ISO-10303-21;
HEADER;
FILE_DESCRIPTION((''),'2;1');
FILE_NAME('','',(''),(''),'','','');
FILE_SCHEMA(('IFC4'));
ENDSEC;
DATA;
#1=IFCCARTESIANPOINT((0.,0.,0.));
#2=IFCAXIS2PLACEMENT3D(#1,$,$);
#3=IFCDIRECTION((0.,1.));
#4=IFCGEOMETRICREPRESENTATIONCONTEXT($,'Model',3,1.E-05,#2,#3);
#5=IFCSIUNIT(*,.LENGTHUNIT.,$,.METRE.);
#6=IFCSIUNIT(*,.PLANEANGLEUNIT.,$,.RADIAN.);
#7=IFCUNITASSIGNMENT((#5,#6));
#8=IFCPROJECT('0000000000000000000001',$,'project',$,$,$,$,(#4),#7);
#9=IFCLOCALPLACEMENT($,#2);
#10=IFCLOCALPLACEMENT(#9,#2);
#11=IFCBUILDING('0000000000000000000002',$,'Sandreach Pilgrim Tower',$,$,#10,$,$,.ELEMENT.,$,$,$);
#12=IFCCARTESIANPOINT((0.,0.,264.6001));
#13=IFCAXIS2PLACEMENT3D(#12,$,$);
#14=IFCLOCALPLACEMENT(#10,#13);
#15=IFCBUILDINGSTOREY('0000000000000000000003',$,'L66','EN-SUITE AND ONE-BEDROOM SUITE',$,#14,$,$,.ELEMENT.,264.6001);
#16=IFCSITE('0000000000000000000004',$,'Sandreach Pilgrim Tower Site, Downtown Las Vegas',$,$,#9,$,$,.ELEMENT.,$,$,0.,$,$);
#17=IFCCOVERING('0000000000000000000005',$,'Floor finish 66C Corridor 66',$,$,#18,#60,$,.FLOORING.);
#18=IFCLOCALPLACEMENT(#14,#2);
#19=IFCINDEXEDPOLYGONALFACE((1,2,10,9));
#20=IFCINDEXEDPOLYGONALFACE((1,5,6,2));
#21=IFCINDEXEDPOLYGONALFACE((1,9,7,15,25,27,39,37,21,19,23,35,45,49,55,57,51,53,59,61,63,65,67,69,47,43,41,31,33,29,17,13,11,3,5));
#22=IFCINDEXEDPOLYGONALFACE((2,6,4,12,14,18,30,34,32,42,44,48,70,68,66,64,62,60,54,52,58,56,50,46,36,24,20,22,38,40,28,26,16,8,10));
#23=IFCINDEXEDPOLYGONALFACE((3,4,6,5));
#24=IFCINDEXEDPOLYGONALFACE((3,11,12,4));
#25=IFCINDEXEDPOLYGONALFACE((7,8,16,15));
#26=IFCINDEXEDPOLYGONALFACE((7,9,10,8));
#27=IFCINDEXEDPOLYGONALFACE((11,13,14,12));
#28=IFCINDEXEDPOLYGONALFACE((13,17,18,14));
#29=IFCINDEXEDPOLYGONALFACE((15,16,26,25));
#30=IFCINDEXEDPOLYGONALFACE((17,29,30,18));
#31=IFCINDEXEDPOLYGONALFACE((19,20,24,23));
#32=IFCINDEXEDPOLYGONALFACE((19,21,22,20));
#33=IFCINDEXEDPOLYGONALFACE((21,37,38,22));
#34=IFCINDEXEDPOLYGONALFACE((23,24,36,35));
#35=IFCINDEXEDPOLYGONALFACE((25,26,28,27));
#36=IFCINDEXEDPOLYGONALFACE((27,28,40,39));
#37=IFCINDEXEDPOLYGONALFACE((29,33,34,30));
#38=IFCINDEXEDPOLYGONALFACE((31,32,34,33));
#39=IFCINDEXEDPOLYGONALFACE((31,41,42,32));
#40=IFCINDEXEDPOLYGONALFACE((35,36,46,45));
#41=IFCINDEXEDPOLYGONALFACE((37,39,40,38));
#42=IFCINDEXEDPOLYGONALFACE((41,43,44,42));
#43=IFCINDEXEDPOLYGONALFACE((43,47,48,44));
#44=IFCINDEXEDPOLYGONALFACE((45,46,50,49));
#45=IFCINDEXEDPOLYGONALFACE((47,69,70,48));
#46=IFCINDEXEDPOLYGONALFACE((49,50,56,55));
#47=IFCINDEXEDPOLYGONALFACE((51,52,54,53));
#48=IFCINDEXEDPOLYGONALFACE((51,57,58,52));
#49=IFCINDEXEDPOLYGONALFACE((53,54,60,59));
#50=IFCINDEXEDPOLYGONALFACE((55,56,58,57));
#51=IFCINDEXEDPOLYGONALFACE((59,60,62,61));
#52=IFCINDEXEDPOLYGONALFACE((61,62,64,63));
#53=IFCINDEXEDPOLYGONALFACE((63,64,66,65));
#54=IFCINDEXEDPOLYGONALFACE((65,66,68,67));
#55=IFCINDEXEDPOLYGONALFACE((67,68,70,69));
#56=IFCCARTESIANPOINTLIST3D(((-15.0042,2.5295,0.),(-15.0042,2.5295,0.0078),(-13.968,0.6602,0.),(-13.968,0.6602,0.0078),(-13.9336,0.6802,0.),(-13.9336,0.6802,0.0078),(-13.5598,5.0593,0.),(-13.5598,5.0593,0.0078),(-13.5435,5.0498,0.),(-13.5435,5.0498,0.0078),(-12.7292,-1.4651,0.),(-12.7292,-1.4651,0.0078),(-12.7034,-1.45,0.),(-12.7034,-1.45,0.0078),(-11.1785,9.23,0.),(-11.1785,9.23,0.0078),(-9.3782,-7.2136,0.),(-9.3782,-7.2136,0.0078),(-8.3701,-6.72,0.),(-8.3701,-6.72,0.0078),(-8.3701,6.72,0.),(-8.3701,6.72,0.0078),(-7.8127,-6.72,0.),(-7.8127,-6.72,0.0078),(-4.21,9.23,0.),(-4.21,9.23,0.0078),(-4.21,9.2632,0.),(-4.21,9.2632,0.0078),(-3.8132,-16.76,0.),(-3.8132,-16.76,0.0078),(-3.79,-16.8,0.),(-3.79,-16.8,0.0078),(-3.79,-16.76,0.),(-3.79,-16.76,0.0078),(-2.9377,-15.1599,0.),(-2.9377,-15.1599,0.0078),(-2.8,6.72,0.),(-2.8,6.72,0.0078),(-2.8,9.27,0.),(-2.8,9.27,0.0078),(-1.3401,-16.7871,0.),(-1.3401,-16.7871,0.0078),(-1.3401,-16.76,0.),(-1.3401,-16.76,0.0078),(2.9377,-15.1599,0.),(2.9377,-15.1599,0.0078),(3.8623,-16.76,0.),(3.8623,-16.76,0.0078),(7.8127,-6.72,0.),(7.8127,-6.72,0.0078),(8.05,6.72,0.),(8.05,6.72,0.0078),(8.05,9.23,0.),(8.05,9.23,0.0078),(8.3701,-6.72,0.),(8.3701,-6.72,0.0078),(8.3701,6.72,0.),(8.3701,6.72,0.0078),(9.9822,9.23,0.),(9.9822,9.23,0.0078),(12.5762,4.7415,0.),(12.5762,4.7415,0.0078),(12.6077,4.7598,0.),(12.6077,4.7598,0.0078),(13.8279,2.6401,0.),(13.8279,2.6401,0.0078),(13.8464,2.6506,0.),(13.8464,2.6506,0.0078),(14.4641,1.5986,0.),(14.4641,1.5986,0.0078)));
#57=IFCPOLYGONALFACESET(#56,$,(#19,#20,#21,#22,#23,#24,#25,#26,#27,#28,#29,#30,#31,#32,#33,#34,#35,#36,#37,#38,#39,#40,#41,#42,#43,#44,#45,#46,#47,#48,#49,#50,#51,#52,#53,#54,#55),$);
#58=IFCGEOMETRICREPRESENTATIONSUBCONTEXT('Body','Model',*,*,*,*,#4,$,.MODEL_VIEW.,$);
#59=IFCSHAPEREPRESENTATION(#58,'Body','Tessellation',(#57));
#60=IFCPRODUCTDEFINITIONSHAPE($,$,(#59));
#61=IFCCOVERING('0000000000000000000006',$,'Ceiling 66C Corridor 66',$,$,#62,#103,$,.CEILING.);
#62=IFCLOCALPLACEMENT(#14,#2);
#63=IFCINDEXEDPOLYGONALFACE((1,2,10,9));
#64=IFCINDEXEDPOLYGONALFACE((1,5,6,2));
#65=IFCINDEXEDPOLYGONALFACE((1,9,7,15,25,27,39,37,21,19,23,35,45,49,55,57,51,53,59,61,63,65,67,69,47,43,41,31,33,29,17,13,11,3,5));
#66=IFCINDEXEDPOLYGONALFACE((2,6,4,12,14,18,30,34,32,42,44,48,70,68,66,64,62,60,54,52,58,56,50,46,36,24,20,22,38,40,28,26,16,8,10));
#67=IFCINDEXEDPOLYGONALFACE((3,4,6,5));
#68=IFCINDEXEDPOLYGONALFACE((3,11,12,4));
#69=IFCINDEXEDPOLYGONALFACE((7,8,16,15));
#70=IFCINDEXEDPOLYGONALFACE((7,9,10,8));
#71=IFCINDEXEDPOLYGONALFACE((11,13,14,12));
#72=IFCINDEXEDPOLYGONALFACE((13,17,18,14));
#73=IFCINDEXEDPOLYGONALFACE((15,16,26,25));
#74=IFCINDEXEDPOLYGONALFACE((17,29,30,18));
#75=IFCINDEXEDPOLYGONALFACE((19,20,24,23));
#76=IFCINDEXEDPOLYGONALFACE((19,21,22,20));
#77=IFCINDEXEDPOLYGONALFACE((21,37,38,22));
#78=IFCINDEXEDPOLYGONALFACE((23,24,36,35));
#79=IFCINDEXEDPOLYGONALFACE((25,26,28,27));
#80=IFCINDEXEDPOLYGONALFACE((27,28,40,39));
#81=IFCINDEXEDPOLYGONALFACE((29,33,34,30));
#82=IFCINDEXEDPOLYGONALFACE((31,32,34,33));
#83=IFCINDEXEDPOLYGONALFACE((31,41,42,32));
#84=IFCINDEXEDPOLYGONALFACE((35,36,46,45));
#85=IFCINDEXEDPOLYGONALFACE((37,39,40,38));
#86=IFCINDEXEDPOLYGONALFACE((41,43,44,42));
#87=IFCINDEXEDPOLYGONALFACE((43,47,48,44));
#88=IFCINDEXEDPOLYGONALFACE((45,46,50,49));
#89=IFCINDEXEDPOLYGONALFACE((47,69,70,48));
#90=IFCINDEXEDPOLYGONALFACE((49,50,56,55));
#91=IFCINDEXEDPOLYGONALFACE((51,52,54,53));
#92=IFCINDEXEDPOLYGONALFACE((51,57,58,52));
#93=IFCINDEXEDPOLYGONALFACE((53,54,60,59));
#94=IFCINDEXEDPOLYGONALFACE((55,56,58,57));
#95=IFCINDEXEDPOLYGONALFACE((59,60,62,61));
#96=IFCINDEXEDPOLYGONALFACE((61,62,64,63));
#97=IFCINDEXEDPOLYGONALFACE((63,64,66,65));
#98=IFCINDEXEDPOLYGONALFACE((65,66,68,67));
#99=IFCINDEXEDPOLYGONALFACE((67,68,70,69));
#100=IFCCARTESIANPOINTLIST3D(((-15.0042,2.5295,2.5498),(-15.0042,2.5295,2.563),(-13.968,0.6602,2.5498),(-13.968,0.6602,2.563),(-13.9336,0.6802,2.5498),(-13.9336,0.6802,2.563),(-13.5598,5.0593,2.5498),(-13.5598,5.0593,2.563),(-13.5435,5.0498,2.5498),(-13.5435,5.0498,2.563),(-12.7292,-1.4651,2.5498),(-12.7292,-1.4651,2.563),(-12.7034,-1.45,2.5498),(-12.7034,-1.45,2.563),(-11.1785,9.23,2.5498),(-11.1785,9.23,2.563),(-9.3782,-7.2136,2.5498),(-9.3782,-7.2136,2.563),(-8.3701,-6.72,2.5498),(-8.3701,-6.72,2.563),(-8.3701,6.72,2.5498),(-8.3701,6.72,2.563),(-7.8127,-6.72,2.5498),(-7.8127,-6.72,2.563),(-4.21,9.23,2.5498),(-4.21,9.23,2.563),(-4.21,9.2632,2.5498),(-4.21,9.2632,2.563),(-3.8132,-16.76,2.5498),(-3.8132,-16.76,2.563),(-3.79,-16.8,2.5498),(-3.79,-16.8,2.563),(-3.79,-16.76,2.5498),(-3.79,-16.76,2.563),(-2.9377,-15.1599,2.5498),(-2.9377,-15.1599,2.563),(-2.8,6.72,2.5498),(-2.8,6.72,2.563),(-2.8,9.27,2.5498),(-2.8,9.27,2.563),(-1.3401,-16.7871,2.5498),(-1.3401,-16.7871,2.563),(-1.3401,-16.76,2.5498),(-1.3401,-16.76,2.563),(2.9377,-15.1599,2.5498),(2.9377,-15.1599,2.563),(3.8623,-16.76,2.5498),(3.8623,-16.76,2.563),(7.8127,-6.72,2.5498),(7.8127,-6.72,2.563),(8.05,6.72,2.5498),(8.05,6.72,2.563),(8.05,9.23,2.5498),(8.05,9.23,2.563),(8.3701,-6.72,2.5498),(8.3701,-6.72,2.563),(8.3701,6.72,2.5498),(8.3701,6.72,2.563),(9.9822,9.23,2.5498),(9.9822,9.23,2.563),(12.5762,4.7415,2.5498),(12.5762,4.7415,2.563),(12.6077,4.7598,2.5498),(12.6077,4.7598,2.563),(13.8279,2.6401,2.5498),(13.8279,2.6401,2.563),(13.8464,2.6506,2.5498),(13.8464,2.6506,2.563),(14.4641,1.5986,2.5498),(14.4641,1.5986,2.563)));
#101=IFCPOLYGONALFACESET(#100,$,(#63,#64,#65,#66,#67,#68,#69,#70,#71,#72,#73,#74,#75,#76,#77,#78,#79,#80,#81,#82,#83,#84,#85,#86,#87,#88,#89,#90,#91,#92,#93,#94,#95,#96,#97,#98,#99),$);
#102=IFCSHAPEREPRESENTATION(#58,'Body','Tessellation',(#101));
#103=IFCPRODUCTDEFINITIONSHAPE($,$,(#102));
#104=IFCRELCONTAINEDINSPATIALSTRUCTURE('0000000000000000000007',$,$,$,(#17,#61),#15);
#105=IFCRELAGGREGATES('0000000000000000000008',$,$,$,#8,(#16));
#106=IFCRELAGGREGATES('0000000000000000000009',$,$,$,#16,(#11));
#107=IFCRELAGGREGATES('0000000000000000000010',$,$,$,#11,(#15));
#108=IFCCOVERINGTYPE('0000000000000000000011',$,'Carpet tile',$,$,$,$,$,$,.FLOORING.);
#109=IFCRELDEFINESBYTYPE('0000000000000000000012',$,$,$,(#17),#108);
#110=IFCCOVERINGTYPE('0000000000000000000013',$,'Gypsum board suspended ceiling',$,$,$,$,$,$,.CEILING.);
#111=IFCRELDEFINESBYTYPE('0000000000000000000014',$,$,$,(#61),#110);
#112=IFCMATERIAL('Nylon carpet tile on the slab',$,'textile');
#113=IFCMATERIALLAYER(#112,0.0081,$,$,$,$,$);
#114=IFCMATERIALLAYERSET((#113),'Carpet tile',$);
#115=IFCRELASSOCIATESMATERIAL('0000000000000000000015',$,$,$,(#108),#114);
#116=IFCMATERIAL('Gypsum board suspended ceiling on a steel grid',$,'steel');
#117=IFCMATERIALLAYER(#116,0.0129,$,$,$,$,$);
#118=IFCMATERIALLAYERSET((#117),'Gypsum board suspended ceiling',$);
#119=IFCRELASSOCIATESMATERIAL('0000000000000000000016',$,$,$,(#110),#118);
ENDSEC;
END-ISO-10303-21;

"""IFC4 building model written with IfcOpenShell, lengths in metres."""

from ifc_helpers import new_model, si_unit, direction, frame, origin, place, context, subcontext, project, spatial, polyline, outline, extrude, material, layer, layer_set, type_object, element, save


model = new_model("IFC4")

# Units and contexts
model_context = context("Model", 3, precision=1e-05, world=origin(), true_north=direction((0.0, 1.0)))
body_context = subcontext(model_context, "Body", "Model", "MODEL_VIEW")
ifc_project = project(units=[si_unit("LENGTHUNIT", "METRE"), si_unit("PLANEANGLEUNIT", "RADIAN")], contexts=[model_context])

# Site, building, storey
site_placement = place(None, origin())
site = spatial("IfcSite", under=ifc_project, at=site_placement, Name="Sandreach Pilgrim Tower Site, Downtown Las Vegas", CompositionType="ELEMENT", RefElevation=0.0)
building_placement = place(site_placement, origin())
building = spatial("IfcBuilding", under=site, at=building_placement, Name="Sandreach Pilgrim Tower", CompositionType="ELEMENT")
storey_placement = place(building_placement, frame((0.0, 0.0, 264.6001)))
storey = spatial("IfcBuildingStorey", under=building, at=storey_placement, Name="L66", Description="EN-SUITE AND ONE-BEDROOM SUITE", CompositionType="ELEMENT", Elevation=264.6001)

# Coverings
ifc_material_1 = material(Name="Nylon carpet tile on the slab", Category="textile")
ifc_layer_1 = layer(ifc_material_1, 0.0081)
ifc_layer_set_1 = layer_set([ifc_layer_1], Name="Carpet tile")
covering_type_1 = type_object("IfcCoveringType", Name="Carpet tile", PredefinedType="FLOORING", material=ifc_layer_set_1)
covering_1_placement = place(storey_placement, origin())
element("IfcCovering", 1, at=covering_1_placement, inside=storey, type_object=covering_type_1, Name="Floor finish 66C Corridor 66", PredefinedType="FLOORING", context=body_context, shape_type="SweptSolid", body=[
    extrude(outline(polyline([(-15.0042, 2.5295), (-13.5435, 5.0498), (-13.5598, 5.0593), (-11.1785, 9.23), (-4.21, 9.23), (-4.21, 9.2632), (-2.8, 9.27), (-2.8, 6.72), (-8.3701, 6.72), (-8.3701, -6.72), (-7.8127, -6.72), (-2.9377, -15.1599), (2.9377, -15.1599), (7.8127, -6.72), (8.3701, -6.72), (8.3701, 6.72), (8.05, 6.72), (8.05, 9.23), (9.9822, 9.23), (12.5762, 4.7415), (12.6077, 4.7598), (13.8279, 2.6401), (13.8464, 2.6506), (14.4641, 1.5986), (3.8623, -16.76), (-1.3401, -16.76), (-1.3401, -16.7871), (-3.79, -16.8), (-3.79, -16.76), (-3.8132, -16.76), (-9.3782, -7.2136), (-12.7034, -1.45), (-12.7292, -1.4651), (-13.968, 0.6602), (-13.9336, 0.6802), (-15.0042, 2.5295)])), origin(), (0.0, 0.0, 1.0), 0.0078),
])
ifc_material_2 = material(Name="Gypsum board suspended ceiling on a steel grid", Category="steel")
ifc_layer_2 = layer(ifc_material_2, 0.0129)
ifc_layer_set_2 = layer_set([ifc_layer_2], Name="Gypsum board suspended ceiling")
covering_type_2 = type_object("IfcCoveringType", Name="Gypsum board suspended ceiling", PredefinedType="CEILING", material=ifc_layer_set_2)
covering_2_placement = place(storey_placement, frame((0.0, 0.0, 2.5498)))
element("IfcCovering", 2, at=covering_2_placement, inside=storey, type_object=covering_type_2, Name="Ceiling 66C Corridor 66", PredefinedType="CEILING", context=body_context, shape_type="SweptSolid", body=[
    extrude(outline(polyline([(-15.0042, 2.5295), (-13.5435, 5.0498), (-13.5598, 5.0593), (-11.1785, 9.23), (-4.21, 9.23), (-4.21, 9.2632), (-2.8, 9.27), (-2.8, 6.72), (-8.3701, 6.72), (-8.3701, -6.72), (-7.8127, -6.72), (-2.9377, -15.1599), (2.9377, -15.1599), (7.8127, -6.72), (8.3701, -6.72), (8.3701, 6.72), (8.05, 6.72), (8.05, 9.23), (9.9822, 9.23), (12.5762, 4.7415), (12.6077, 4.7598), (13.8279, 2.6401), (13.8464, 2.6506), (14.4641, 1.5986), (3.8623, -16.76), (-1.3401, -16.76), (-1.3401, -16.7871), (-3.79, -16.8), (-3.79, -16.76), (-3.8132, -16.76), (-9.3782, -7.2136), (-12.7034, -1.45), (-12.7292, -1.4651), (-13.968, 0.6602), (-13.9336, 0.6802), (-15.0042, 2.5295)])), origin(), (0.0, 0.0, 1.0), 0.0132),
])

save(model, "model.ifc")
